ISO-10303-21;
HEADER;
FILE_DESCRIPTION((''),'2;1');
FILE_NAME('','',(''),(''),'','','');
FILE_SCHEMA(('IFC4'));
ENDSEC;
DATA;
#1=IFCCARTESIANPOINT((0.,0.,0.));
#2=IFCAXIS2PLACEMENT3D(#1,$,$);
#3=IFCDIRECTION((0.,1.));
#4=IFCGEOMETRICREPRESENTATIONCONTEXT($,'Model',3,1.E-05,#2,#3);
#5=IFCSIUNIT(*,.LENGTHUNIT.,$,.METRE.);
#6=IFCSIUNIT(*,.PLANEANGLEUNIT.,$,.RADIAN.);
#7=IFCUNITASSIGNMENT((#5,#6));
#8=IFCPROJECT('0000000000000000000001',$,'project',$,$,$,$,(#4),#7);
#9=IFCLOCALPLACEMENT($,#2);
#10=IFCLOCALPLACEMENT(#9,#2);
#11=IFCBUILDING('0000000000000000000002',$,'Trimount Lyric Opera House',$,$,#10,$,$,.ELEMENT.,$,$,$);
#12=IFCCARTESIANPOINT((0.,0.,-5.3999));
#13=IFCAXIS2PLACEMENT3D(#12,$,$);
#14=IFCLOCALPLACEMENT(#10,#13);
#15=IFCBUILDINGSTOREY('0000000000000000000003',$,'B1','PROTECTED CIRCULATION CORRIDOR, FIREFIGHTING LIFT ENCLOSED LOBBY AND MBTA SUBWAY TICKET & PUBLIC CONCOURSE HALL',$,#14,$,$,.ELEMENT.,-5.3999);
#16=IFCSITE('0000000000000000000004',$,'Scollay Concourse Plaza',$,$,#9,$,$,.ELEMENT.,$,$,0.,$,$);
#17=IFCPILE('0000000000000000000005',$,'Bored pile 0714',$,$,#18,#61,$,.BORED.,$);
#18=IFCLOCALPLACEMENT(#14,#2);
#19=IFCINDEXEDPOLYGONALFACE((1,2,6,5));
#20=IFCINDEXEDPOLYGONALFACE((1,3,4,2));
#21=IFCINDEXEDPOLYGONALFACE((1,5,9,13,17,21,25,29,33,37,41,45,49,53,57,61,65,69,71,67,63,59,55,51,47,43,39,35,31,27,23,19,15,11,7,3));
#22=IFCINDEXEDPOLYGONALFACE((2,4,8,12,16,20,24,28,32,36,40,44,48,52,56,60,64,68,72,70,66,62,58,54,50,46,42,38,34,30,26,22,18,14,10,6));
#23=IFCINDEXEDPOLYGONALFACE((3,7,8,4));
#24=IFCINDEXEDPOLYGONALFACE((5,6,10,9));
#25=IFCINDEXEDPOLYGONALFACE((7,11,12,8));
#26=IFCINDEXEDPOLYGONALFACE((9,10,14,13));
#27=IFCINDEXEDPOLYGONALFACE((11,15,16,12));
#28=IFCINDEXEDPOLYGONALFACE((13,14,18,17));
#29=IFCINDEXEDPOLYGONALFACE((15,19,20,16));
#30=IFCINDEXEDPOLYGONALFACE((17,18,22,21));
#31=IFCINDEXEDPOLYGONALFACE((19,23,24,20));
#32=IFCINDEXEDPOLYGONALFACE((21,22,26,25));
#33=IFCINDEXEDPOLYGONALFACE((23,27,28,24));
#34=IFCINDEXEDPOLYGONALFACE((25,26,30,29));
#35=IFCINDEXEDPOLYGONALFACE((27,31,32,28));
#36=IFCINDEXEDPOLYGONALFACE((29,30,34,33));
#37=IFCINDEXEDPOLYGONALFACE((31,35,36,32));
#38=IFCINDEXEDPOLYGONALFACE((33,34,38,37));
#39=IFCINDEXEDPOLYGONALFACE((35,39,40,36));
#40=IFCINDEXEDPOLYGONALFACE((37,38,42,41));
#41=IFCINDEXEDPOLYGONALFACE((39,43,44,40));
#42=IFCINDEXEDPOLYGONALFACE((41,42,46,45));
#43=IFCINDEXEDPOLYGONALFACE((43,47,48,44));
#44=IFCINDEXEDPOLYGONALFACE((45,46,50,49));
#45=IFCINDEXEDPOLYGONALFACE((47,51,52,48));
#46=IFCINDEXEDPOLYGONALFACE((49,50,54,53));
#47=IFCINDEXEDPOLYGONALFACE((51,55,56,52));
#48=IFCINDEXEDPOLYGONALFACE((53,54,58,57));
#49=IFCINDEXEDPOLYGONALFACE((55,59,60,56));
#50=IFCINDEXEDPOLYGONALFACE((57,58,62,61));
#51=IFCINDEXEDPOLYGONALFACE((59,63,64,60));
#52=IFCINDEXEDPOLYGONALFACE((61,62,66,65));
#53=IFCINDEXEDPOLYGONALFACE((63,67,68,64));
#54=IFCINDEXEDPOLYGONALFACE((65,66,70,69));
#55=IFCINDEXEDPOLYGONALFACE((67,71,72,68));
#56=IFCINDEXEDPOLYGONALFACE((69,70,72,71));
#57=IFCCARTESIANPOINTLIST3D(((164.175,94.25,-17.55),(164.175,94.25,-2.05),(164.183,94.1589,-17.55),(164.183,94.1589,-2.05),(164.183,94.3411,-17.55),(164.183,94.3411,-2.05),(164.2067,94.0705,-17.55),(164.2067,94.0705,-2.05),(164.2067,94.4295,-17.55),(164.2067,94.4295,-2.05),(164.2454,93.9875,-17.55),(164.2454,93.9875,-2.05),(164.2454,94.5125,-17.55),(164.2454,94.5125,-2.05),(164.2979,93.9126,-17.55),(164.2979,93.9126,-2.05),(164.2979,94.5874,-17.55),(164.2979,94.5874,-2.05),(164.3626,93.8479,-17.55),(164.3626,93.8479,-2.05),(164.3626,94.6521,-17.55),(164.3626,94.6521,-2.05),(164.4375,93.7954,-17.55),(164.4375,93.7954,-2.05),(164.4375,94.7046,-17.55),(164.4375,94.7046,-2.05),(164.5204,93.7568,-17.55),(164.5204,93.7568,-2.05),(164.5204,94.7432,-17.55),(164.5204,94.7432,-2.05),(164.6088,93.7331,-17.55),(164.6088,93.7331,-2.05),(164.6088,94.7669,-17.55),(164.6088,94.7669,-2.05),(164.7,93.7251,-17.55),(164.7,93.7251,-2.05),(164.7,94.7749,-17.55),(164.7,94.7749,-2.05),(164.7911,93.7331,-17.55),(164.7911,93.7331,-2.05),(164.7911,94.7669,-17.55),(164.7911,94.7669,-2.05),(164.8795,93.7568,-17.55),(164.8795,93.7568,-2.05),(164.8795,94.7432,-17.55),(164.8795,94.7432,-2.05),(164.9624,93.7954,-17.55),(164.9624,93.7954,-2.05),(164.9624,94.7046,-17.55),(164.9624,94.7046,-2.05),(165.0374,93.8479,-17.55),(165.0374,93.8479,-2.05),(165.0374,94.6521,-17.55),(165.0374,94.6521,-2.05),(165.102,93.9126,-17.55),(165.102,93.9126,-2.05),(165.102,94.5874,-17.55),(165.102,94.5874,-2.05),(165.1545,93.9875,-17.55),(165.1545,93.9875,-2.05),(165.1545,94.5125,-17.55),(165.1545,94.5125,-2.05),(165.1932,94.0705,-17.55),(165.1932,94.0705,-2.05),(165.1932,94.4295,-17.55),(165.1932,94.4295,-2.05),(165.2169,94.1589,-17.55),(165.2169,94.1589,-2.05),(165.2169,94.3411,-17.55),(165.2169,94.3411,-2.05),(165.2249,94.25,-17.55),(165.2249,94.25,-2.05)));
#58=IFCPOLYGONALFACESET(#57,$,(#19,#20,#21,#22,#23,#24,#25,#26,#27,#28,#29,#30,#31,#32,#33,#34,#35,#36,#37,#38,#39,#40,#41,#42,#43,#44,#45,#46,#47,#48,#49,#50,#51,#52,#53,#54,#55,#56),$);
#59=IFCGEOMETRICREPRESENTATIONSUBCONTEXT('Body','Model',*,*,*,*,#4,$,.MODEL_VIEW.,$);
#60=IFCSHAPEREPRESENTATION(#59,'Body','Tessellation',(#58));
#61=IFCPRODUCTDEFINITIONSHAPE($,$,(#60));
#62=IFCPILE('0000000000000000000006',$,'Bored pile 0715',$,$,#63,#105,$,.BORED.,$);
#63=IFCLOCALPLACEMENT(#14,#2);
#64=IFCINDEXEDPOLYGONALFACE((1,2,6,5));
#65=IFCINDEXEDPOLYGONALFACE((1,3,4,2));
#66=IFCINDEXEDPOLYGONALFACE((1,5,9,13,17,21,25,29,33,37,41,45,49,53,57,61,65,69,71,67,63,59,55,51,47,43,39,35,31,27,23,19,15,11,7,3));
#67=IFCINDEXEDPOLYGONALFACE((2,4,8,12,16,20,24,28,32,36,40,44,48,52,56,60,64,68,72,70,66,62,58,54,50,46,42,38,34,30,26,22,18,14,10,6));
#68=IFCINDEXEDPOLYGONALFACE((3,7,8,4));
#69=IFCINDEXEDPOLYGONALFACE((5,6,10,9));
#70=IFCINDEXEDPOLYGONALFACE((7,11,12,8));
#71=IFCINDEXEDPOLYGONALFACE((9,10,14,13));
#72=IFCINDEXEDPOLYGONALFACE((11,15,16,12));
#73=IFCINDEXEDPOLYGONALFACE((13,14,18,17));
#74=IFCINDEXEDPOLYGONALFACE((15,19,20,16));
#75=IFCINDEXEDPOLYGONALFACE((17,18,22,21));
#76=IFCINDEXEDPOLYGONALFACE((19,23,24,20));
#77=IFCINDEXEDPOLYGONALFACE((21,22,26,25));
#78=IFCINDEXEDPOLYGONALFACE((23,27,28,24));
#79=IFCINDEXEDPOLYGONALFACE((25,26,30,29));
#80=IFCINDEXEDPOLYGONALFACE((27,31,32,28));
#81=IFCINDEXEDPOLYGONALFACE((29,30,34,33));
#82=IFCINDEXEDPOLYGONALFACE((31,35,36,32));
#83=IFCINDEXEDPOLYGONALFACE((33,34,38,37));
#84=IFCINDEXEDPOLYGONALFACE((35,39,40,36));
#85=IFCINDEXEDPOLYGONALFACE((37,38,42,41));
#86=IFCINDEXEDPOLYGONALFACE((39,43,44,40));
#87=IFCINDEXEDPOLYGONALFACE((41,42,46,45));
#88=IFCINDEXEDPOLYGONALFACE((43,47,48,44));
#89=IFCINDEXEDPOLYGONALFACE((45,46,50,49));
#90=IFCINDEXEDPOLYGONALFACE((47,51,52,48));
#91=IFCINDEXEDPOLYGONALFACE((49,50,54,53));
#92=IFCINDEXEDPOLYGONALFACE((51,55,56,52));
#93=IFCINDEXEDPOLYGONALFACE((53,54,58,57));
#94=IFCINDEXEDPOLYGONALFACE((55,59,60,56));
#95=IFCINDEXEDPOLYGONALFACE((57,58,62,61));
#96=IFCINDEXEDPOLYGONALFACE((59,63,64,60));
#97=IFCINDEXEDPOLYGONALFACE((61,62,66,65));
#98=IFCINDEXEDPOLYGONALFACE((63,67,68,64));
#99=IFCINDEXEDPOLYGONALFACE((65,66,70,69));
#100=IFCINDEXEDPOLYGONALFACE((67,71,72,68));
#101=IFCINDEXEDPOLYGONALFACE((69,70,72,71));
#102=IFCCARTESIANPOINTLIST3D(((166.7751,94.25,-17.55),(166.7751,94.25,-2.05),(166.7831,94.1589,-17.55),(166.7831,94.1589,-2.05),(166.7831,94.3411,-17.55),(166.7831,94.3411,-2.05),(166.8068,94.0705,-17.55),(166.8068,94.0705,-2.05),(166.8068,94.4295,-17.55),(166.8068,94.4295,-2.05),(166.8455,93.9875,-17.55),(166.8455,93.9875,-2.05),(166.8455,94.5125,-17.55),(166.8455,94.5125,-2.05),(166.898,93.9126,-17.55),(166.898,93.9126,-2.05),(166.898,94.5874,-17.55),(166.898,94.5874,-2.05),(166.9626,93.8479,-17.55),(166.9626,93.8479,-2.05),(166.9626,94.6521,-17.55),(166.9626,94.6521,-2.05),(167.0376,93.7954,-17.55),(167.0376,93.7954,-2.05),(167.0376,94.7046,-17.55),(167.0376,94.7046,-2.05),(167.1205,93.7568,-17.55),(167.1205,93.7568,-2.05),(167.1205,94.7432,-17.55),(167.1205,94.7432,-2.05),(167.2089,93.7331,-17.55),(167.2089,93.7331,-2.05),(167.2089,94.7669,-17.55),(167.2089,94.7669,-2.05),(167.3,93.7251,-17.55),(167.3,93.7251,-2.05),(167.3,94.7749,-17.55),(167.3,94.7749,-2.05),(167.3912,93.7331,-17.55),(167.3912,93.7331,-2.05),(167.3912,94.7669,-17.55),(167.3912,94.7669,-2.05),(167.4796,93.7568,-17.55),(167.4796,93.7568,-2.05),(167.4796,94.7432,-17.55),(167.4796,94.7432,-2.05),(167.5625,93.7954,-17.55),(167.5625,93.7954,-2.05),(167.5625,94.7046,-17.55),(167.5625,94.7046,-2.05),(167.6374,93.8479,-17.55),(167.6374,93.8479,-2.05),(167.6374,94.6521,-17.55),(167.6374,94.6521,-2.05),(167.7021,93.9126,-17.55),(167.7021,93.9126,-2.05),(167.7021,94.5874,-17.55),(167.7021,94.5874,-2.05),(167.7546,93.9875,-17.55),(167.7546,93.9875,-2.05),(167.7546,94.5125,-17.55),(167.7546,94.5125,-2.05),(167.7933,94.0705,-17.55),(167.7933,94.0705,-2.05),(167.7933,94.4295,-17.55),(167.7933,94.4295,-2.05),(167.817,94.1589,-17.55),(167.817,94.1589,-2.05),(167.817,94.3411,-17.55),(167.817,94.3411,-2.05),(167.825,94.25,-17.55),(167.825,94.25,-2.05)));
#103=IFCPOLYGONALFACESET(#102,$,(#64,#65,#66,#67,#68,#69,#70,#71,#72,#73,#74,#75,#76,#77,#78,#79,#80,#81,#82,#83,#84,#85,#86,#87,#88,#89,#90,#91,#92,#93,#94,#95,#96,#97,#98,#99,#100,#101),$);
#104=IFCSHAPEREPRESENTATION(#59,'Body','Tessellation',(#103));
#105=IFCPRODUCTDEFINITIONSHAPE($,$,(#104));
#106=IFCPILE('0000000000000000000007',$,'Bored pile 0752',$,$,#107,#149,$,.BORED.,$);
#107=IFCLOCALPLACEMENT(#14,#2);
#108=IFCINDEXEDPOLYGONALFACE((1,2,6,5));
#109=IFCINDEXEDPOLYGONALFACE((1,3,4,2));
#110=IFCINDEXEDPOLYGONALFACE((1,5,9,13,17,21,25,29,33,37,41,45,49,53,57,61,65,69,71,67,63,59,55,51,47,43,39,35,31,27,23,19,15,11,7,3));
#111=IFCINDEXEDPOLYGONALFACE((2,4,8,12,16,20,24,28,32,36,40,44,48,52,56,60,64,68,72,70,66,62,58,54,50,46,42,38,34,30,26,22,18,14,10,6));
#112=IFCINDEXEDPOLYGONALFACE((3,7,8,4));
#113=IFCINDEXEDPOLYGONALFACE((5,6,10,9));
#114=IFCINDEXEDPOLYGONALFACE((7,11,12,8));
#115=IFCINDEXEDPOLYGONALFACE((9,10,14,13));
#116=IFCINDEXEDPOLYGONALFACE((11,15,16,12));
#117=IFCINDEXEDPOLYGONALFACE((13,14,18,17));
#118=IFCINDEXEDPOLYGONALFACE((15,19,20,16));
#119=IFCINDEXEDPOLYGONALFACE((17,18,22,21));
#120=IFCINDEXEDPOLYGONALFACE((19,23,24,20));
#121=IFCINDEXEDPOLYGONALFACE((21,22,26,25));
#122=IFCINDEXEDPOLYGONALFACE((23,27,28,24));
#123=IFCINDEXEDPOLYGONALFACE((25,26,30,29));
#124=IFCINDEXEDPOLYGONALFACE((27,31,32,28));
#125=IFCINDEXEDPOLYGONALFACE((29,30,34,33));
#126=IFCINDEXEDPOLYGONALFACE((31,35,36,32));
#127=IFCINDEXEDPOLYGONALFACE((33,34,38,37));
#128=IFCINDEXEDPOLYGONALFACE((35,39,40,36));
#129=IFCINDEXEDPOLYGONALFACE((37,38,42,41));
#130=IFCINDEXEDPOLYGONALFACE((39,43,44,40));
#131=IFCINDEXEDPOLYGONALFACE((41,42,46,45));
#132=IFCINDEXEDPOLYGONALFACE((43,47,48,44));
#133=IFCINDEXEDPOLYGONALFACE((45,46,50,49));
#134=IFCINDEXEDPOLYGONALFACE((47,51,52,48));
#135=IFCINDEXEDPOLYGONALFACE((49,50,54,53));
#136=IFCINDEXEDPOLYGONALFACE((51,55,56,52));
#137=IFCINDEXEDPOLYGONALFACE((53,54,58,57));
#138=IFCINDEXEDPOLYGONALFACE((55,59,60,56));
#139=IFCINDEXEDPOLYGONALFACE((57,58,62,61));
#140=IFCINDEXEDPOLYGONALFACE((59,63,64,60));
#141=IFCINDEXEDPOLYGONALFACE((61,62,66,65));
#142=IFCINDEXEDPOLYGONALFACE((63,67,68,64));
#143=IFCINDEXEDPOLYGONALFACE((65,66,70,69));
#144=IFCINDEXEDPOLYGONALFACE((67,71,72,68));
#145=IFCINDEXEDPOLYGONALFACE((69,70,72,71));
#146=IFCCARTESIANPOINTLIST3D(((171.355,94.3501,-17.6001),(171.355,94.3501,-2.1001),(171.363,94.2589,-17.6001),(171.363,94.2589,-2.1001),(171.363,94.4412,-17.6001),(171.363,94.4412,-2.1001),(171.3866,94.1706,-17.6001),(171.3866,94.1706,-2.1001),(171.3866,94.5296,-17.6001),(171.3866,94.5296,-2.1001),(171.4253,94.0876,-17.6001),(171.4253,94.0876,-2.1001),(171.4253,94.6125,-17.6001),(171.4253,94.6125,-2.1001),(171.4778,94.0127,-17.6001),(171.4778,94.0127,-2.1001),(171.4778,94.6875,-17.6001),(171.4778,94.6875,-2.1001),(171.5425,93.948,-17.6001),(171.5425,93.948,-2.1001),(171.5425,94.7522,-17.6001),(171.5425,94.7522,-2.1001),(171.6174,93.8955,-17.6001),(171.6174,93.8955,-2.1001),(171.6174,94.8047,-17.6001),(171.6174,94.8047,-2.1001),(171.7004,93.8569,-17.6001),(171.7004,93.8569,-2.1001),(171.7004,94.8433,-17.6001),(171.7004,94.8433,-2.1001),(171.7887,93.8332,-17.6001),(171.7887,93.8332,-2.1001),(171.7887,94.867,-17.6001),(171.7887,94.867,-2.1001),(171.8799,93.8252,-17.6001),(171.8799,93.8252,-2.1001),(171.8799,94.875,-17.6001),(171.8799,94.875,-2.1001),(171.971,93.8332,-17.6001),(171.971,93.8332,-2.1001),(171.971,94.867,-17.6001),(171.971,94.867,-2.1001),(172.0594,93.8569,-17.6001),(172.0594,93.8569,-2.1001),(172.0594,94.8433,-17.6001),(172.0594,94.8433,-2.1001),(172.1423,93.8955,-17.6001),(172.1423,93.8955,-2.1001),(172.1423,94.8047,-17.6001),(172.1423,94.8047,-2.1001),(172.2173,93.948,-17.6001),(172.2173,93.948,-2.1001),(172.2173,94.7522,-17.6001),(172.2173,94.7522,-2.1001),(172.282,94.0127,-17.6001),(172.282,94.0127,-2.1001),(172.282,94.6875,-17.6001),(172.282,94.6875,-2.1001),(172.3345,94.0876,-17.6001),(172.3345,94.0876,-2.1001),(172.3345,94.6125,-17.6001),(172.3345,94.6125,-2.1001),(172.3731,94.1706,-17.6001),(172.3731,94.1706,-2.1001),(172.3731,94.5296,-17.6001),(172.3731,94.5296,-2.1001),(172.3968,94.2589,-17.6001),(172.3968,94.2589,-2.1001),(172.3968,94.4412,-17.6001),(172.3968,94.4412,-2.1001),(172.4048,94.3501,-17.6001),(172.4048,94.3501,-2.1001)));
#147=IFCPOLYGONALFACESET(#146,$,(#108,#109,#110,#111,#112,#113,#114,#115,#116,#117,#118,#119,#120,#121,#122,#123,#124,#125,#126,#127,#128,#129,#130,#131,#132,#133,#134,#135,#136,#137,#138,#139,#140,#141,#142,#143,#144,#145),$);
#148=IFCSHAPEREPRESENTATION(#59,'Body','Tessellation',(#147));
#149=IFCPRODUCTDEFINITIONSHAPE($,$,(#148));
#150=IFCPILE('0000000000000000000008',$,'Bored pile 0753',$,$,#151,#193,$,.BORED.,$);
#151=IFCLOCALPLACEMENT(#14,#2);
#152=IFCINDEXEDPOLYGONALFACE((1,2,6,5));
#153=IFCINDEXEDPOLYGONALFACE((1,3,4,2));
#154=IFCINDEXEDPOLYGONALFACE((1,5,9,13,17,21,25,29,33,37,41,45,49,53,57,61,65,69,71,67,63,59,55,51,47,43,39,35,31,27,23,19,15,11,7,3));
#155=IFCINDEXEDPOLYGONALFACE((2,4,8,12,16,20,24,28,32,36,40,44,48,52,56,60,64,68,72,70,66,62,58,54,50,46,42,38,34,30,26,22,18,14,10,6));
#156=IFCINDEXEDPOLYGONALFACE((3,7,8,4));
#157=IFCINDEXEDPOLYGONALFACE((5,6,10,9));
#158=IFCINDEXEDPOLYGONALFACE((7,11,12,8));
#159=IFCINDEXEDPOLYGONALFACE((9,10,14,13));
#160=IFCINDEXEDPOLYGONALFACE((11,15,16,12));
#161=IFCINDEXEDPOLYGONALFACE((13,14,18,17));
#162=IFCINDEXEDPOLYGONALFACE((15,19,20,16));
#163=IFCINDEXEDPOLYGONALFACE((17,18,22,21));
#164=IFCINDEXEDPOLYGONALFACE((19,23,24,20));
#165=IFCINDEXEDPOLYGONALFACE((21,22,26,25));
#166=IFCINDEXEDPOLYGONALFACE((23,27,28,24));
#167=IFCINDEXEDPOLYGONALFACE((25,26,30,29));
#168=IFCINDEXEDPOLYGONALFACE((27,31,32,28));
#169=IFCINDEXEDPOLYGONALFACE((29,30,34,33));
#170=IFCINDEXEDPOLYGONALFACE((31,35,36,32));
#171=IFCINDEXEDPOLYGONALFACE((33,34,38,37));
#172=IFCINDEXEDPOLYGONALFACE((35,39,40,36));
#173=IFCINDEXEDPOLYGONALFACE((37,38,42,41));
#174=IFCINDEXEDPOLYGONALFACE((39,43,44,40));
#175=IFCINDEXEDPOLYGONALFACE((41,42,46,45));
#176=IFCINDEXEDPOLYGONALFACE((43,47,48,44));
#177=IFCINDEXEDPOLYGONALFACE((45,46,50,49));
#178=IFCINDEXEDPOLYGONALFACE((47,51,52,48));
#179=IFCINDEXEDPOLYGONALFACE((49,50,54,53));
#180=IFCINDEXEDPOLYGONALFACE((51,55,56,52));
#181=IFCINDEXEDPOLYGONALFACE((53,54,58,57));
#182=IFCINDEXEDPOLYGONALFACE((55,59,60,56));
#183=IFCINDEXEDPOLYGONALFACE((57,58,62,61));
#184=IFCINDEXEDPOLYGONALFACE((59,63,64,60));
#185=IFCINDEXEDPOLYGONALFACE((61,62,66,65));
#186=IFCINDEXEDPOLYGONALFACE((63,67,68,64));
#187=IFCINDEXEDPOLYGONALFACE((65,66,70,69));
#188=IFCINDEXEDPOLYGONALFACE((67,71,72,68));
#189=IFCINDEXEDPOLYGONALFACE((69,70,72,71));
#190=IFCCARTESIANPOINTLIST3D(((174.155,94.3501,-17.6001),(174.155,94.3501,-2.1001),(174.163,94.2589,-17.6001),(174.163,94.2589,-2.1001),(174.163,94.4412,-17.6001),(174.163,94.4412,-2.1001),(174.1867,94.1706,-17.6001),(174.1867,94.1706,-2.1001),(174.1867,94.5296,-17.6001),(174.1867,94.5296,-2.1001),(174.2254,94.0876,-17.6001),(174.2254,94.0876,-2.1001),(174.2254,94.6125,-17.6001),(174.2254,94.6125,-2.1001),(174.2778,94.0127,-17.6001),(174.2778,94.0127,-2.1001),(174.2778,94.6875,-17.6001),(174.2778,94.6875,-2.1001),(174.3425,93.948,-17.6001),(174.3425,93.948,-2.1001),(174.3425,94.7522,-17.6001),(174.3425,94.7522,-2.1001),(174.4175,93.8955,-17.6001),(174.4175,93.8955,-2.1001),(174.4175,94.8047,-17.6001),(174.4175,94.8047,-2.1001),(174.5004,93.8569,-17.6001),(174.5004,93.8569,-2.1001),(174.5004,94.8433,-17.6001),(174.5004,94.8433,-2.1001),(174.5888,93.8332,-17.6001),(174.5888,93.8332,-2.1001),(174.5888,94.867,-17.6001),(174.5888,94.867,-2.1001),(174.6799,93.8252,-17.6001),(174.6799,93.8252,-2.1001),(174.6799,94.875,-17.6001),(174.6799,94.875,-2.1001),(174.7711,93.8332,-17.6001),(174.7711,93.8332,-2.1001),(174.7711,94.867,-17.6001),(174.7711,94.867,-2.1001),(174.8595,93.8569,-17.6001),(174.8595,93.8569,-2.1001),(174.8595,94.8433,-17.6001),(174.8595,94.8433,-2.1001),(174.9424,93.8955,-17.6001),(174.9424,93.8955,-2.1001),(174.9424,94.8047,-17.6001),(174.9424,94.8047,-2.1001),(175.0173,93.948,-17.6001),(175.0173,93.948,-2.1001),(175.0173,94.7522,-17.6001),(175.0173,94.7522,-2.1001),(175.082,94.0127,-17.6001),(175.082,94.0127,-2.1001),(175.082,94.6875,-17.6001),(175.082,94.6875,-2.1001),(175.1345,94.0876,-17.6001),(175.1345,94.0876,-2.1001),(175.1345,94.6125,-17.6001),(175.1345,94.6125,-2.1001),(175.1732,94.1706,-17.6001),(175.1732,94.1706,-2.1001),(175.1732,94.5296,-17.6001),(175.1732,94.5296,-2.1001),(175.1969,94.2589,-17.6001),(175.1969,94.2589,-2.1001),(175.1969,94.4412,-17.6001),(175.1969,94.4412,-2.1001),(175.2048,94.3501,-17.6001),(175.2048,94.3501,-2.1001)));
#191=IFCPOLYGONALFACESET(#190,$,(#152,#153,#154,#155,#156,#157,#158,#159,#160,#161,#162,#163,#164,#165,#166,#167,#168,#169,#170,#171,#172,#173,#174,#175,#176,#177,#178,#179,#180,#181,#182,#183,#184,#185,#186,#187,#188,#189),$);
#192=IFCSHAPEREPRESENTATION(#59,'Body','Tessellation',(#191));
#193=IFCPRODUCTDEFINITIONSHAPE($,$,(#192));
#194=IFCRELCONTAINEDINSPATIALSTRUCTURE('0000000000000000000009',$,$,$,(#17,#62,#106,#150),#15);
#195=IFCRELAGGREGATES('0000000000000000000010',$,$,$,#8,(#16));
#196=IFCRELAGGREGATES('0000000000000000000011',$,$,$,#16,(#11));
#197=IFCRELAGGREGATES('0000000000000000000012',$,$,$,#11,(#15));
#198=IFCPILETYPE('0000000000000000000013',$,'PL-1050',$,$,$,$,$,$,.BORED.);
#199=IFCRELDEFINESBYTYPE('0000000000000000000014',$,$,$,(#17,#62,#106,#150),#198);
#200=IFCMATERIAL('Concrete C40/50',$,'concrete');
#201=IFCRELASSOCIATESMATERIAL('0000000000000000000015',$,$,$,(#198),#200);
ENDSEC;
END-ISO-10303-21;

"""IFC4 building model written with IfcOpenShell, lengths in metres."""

from ifc_helpers import new_model, si_unit, direction, frame, origin, origin_2d, place, context, subcontext, project, spatial, circle, extrude, material, material_profile, profile_set, type_object, element, save


model = new_model("IFC4")

# Units and contexts
model_context = context("Model", 3, precision=1e-05, world=origin(), true_north=direction((0.0, 1.0)))
body_context = subcontext(model_context, "Body", "Model", "MODEL_VIEW")
ifc_project = project(units=[si_unit("LENGTHUNIT", "METRE"), si_unit("PLANEANGLEUNIT", "RADIAN")], contexts=[model_context])

# Site, building, storey
site_placement = place(None, origin())
site = spatial("IfcSite", under=ifc_project, at=site_placement, Name="Scollay Concourse Plaza", CompositionType="ELEMENT", RefElevation=0.0)
building_placement = place(site_placement, origin())
building = spatial("IfcBuilding", under=site, at=building_placement, Name="Trimount Lyric Opera House", CompositionType="ELEMENT")
storey_placement = place(building_placement, frame((0.0, 0.0, -5.3999)))
storey = spatial("IfcBuildingStorey", under=building, at=storey_placement, Name="B1", Description="PROTECTED CIRCULATION CORRIDOR, FIREFIGHTING LIFT ENCLOSED LOBBY AND MBTA SUBWAY TICKET & PUBLIC CONCOURSE HALL", CompositionType="ELEMENT", Elevation=-5.3999)

# Piles
ifc_material_1 = material(Name="Concrete C40/50", Category="concrete")
ifc_material_profile_1 = material_profile(ifc_material_1, circle(Radius=0.5249, at=origin_2d()), Name="PILE-D1050")
ifc_profile_set_1 = profile_set([ifc_material_profile_1], Name="Concrete C40/50")
pile_type_1 = type_object("IfcPileType", Name="PL-1050", PredefinedType="BORED", material=ifc_profile_set_1)
for number, where, z_axis, x_axis, name in (
    (1, (164.7, 94.25, -2.05), (0.0, 0.0, -1.0), (1.0, 0.0, 0.0), "Bored pile 0714"),
    (2, (167.3, 94.25, -2.05), (0.0, 0.0, -1.0), (1.0, 0.0, 0.0), "Bored pile 0715"),
    (3, (171.8799, 94.3501, -2.1001), (0.0, 0.0, -1.0), (1.0, 0.0, 0.0), "Bored pile 0752"),
    (4, (174.6799, 94.3501, -2.1001), (0.0, 0.0, -1.0), (1.0, 0.0, 0.0), "Bored pile 0753"),
):
    element("IfcPile", number, at=place(storey_placement, frame(where, z_axis=z_axis, x_axis=x_axis)), inside=storey, type_object=pile_type_1, Name=name, PredefinedType="BORED", context=body_context, shape_type="SweptSolid", body=[
        extrude(circle(Radius=0.5249, at=origin_2d()), origin(), (0.0, 0.0, 1.0), 15.5),
    ])

save(model, "model.ifc")
